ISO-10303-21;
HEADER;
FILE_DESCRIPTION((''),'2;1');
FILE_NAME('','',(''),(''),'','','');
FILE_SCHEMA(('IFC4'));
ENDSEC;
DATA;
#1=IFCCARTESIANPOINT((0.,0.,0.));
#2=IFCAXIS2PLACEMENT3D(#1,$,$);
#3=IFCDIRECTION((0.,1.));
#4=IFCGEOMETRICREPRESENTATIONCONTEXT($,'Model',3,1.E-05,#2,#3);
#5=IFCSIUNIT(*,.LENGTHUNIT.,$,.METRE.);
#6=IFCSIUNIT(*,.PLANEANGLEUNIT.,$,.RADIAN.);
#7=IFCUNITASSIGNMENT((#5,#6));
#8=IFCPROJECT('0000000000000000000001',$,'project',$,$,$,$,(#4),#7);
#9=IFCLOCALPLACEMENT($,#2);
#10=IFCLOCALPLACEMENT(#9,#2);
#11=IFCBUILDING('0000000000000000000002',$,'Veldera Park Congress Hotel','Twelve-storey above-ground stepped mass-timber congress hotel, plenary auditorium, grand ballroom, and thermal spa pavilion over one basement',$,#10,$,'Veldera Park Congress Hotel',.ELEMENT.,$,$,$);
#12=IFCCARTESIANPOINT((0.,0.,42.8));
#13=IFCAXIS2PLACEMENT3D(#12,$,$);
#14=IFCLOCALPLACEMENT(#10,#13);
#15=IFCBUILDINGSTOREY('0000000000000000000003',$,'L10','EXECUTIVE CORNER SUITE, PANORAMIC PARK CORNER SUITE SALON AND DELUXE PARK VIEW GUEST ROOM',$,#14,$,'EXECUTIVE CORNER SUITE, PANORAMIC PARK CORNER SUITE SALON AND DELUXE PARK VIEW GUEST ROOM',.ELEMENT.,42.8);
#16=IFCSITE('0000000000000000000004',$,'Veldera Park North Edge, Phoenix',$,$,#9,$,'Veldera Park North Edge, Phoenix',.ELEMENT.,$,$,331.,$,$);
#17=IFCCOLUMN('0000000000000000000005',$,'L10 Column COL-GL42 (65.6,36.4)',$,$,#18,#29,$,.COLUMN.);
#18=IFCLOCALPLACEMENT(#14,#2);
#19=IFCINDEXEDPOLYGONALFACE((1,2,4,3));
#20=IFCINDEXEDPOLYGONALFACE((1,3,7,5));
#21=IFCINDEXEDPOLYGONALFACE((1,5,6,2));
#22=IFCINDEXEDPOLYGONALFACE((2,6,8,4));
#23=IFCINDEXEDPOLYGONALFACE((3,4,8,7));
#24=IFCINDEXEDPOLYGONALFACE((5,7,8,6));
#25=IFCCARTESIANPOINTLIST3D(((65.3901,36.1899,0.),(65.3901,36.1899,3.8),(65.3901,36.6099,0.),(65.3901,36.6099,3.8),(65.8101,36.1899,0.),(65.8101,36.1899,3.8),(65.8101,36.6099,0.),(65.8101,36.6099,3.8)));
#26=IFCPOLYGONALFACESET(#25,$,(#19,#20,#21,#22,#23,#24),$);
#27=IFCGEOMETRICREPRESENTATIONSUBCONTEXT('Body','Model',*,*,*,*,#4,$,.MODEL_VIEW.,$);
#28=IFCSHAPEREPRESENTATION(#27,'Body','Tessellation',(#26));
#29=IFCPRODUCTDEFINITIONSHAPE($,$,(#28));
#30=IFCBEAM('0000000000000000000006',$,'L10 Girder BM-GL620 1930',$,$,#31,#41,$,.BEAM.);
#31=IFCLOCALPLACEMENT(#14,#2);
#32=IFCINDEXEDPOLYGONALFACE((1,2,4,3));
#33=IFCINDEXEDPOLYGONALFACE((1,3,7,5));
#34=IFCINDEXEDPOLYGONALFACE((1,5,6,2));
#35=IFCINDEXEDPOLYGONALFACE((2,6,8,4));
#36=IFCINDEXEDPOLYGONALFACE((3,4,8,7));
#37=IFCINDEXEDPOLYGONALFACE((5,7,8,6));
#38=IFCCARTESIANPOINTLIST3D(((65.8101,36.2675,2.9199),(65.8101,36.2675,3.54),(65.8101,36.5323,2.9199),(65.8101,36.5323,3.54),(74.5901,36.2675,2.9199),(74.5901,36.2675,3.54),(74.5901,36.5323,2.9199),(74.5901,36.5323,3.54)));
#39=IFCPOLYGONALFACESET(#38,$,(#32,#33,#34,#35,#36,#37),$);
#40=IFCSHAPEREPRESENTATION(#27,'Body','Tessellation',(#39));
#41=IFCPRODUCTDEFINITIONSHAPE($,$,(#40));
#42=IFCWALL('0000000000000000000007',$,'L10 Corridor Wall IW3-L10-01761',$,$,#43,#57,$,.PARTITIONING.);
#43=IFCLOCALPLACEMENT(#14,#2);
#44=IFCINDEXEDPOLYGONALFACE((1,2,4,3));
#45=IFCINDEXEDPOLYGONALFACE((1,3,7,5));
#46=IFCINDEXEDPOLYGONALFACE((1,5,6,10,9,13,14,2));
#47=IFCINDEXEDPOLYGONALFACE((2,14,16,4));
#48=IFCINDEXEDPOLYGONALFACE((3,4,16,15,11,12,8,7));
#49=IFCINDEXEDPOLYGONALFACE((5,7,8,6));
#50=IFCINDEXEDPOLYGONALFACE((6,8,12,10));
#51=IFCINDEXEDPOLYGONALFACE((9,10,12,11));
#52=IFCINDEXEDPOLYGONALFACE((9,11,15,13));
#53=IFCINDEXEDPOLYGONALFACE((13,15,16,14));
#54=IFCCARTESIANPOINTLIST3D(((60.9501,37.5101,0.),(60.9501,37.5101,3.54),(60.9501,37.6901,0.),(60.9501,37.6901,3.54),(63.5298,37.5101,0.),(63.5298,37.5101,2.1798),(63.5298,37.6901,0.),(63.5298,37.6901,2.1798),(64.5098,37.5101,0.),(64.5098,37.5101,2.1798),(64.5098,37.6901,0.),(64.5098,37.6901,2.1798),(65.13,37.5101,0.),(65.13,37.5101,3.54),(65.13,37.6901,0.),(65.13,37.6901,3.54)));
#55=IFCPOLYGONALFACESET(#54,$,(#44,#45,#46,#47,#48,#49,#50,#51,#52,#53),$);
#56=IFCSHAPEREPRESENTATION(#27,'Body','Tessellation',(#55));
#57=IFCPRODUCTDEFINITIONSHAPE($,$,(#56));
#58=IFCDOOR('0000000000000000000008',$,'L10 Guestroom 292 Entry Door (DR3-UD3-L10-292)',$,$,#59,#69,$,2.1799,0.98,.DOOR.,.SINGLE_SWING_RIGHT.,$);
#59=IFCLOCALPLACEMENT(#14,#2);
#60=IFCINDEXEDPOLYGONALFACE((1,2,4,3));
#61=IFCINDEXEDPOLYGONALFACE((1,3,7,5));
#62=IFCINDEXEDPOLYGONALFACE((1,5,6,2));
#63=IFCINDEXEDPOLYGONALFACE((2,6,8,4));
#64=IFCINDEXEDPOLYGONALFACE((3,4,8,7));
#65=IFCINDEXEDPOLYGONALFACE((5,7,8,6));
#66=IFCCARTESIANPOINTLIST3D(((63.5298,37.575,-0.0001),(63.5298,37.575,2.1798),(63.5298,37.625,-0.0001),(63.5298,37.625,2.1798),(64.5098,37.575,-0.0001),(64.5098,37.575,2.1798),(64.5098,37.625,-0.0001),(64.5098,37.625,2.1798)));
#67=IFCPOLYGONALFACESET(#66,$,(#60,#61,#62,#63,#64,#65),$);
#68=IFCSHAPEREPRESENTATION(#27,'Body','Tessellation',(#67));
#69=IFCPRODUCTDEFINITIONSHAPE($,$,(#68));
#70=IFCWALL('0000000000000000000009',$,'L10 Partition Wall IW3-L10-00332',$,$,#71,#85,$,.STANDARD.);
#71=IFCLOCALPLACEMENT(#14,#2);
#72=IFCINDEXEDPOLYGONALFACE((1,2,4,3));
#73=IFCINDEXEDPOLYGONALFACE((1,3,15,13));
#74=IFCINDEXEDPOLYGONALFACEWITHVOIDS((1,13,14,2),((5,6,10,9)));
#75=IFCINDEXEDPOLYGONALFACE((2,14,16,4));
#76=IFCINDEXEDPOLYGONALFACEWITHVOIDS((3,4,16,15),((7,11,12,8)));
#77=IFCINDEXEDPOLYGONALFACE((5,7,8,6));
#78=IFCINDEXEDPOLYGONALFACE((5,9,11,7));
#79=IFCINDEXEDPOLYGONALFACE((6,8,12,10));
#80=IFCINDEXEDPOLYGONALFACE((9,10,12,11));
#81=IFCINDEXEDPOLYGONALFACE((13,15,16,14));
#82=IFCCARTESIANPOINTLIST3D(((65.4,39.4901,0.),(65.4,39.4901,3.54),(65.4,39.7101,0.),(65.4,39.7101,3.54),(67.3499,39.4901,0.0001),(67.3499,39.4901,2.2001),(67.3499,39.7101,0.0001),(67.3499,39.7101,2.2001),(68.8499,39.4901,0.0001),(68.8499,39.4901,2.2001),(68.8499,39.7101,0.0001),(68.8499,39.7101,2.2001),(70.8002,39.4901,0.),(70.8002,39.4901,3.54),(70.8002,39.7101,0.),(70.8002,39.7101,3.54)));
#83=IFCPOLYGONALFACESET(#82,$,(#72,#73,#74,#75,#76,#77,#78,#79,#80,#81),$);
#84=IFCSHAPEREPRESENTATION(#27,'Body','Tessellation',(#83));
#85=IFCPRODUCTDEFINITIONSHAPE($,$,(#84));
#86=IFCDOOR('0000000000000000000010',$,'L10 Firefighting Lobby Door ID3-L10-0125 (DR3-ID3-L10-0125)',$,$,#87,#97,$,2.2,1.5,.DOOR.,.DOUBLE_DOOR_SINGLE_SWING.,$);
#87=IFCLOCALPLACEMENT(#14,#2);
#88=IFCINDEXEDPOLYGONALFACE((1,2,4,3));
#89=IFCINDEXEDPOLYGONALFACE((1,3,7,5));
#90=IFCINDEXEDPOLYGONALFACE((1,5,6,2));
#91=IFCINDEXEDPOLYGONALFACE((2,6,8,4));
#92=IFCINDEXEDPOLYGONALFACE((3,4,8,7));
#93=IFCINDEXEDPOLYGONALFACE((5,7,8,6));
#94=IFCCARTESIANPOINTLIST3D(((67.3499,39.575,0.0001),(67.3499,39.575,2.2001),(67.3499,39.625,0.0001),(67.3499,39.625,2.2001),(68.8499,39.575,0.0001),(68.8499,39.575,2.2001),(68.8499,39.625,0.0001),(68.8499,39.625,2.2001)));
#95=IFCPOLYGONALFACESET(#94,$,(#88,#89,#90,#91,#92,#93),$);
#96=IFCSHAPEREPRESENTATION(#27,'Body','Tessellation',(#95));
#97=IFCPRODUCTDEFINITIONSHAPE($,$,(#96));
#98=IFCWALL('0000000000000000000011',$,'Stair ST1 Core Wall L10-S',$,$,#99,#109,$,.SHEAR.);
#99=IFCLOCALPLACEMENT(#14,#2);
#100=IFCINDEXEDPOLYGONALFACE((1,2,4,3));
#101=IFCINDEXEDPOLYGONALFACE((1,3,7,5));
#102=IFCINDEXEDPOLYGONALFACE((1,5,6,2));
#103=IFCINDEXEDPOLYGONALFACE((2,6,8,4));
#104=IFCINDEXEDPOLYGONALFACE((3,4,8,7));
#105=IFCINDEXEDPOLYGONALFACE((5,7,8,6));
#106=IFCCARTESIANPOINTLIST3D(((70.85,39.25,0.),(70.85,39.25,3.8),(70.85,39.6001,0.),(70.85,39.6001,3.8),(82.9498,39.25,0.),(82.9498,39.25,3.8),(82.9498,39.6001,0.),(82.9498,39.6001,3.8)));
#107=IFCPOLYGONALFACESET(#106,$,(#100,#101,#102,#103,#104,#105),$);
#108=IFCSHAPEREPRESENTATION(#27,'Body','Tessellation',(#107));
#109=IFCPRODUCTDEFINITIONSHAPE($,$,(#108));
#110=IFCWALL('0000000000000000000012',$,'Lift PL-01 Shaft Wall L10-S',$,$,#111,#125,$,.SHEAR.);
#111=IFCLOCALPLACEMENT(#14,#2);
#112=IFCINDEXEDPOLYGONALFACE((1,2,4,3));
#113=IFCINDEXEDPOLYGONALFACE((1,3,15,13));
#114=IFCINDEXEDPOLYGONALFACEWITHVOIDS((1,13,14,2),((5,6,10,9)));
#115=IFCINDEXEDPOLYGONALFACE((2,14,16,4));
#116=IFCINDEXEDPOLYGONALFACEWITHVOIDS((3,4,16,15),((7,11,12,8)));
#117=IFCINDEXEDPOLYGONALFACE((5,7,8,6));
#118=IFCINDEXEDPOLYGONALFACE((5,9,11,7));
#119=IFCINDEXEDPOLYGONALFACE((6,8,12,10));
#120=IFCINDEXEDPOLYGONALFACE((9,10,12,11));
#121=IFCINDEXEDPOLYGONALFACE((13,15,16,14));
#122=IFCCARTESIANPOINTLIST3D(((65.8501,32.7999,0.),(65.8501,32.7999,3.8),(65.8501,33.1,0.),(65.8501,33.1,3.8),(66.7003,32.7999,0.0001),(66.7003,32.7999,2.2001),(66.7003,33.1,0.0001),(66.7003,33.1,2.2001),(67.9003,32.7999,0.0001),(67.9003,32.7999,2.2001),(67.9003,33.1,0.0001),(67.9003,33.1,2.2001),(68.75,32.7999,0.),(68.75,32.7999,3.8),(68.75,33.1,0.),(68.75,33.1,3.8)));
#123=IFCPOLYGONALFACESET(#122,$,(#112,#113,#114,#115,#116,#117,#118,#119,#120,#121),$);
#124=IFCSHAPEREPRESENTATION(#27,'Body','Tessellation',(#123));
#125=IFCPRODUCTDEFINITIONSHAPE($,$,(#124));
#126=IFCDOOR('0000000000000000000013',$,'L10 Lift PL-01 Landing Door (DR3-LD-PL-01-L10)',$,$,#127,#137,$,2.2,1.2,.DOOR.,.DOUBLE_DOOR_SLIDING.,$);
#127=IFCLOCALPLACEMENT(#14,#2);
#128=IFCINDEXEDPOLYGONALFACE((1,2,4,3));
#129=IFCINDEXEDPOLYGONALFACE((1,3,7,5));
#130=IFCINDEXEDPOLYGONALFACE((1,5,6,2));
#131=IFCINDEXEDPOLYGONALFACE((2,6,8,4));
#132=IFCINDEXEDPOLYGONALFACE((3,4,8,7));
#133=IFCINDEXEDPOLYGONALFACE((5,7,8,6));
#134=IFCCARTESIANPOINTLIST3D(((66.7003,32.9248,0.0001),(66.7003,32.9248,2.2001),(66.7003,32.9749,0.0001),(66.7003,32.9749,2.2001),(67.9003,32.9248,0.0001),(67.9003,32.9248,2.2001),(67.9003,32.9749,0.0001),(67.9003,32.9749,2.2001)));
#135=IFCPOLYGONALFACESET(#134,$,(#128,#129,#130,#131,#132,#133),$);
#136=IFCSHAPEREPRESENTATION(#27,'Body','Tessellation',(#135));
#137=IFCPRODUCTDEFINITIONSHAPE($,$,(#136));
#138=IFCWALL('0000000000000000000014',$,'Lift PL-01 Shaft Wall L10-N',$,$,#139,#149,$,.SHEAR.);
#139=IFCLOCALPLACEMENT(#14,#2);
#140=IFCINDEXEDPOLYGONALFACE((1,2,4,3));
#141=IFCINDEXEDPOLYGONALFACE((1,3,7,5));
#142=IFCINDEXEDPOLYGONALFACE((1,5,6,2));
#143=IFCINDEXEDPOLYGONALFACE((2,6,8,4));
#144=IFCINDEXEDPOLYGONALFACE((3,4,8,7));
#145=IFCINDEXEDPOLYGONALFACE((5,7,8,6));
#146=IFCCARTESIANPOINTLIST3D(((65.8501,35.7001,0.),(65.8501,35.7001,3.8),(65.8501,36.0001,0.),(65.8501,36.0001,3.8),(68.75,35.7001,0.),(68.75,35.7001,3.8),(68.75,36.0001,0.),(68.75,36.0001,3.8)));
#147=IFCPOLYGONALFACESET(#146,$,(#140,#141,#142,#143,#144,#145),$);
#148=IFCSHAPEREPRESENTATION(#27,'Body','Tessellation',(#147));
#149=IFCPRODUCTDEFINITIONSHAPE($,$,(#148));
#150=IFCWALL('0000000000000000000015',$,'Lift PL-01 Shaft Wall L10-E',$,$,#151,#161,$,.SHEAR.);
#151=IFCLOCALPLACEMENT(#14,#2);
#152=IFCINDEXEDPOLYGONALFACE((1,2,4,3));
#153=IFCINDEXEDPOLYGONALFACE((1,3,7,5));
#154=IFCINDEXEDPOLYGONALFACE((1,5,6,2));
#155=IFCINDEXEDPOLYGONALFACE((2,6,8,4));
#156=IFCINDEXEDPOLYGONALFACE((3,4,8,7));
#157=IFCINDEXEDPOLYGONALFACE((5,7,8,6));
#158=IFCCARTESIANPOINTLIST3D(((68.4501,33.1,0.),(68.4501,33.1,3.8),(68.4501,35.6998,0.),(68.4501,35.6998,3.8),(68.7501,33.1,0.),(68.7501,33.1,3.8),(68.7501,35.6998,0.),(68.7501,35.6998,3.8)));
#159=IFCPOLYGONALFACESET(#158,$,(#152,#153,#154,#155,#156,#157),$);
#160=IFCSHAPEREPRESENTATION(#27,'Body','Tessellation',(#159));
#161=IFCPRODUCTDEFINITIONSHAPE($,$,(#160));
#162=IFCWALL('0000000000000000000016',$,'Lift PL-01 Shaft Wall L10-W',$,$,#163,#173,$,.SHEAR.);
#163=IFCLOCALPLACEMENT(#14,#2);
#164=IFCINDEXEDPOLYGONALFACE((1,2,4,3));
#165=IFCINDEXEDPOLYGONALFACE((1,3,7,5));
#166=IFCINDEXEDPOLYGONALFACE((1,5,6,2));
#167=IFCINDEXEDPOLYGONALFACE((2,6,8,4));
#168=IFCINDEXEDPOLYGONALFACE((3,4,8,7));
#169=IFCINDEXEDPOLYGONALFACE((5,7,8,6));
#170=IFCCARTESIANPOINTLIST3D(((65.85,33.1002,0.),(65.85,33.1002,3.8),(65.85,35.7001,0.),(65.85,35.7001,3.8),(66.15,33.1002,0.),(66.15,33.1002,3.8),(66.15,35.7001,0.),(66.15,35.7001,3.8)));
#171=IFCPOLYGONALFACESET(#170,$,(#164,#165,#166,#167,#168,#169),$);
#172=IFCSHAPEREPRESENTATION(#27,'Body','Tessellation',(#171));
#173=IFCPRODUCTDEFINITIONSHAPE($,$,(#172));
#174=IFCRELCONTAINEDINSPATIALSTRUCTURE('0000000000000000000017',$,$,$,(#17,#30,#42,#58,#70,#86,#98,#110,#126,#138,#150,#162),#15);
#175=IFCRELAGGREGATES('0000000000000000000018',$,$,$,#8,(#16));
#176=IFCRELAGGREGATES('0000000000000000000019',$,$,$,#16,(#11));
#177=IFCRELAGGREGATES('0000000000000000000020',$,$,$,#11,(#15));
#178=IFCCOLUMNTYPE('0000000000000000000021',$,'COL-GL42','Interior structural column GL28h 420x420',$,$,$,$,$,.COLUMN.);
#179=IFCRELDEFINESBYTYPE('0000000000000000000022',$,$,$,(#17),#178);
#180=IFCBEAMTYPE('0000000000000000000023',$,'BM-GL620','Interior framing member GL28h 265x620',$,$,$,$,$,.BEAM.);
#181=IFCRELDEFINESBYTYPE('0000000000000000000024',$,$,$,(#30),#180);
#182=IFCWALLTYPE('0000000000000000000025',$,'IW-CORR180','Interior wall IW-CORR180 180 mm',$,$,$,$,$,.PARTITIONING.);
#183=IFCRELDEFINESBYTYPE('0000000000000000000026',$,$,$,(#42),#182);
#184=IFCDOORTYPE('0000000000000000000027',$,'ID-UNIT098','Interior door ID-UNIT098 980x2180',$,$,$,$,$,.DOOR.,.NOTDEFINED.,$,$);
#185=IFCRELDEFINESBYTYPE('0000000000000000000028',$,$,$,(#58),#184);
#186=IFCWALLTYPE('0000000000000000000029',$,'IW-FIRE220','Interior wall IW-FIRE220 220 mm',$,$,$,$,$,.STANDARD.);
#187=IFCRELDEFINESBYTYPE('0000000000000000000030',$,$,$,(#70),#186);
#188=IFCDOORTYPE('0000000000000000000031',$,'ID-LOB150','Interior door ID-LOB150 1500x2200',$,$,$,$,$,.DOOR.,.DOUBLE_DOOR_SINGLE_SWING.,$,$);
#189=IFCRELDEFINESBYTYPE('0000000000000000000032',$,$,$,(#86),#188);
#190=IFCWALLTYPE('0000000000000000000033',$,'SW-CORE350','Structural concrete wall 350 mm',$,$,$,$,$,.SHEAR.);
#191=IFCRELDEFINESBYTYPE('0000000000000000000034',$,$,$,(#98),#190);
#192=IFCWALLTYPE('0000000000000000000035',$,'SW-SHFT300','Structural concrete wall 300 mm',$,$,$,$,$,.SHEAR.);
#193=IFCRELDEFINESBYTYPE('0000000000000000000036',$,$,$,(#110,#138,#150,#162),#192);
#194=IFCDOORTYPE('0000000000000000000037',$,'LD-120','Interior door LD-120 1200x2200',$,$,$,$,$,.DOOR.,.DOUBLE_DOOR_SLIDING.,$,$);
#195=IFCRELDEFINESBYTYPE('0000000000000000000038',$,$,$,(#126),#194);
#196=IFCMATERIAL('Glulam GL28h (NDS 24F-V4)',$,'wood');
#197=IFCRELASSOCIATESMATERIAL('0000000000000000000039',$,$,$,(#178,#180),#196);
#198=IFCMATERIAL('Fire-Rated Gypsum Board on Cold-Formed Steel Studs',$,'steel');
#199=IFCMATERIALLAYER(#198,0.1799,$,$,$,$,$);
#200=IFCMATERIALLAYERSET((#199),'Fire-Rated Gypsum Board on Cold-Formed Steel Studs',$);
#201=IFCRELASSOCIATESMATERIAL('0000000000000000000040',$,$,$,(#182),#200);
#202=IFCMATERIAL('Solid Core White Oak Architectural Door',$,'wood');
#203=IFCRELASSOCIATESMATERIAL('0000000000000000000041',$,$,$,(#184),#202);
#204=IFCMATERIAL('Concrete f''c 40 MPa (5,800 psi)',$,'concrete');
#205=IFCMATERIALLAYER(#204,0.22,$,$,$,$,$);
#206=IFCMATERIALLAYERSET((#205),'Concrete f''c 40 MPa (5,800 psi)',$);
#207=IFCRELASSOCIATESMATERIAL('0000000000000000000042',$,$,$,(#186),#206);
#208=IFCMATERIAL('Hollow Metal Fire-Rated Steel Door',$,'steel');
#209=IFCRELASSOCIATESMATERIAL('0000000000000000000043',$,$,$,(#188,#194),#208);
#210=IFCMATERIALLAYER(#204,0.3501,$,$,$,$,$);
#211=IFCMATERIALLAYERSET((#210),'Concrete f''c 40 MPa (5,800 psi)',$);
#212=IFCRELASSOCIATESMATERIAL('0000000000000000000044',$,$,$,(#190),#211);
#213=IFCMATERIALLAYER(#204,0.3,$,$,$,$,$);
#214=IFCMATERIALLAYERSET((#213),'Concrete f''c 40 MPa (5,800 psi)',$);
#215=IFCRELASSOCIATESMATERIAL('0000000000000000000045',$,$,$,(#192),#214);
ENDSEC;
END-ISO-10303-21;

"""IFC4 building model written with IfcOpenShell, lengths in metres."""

from ifc_helpers import new_model, si_unit, direction, frame, frame_2d, origin, origin_2d, place, context, subcontext, project, spatial, rectangle, extrude, material, layer, layer_set, material_profile, profile_set, type_object, element, fill, save


model = new_model("IFC4")

# Units and contexts
model_context = context("Model", 3, precision=1e-05, world=origin(), true_north=direction((0.0, 1.0)))
body_context = subcontext(model_context, "Body", "Model", "MODEL_VIEW")
ifc_project = project(units=[si_unit("LENGTHUNIT", "METRE"), si_unit("PLANEANGLEUNIT", "RADIAN")], contexts=[model_context])

# Site, building, storey
site_placement = place(None, origin())
site = spatial("IfcSite", under=ifc_project, at=site_placement, Name="Veldera Park North Edge, Phoenix", LongName="Veldera Park North Edge, Phoenix", CompositionType="ELEMENT", RefElevation=331.0)
building_placement = place(site_placement, origin())
building = spatial("IfcBuilding", under=site, at=building_placement, Name="Veldera Park Congress Hotel", Description="Twelve-storey above-ground stepped mass-timber congress hotel, plenary auditorium, grand ballroom, and thermal spa pavilion over one basement", LongName="Veldera Park Congress Hotel", CompositionType="ELEMENT")
storey_placement = place(building_placement, frame((0.0, 0.0, 42.8)))
storey = spatial("IfcBuildingStorey", under=building, at=storey_placement, Name="L10", Description="EXECUTIVE CORNER SUITE, PANORAMIC PARK CORNER SUITE SALON AND DELUXE PARK VIEW GUEST ROOM", LongName="EXECUTIVE CORNER SUITE, PANORAMIC PARK CORNER SUITE SALON AND DELUXE PARK VIEW GUEST ROOM", CompositionType="ELEMENT", Elevation=42.8)

# Column
ifc_material_1 = material(Name="Glulam GL28h (NDS 24F-V4)", Category="wood")
ifc_material_profile_1 = material_profile(ifc_material_1, rectangle(XDim=0.4199, YDim=0.4199, at=origin_2d()), Name="GL28h 420x420")
ifc_profile_set_1 = profile_set([ifc_material_profile_1], Name="Glulam GL28h (NDS 24F-V4)")
column_type = type_object("IfcColumnType", Name="COL-GL42", Description="Interior structural column GL28h 420x420", PredefinedType="COLUMN", material=ifc_profile_set_1)
column_placement = place(storey_placement, frame((65.6001, 36.3999, 0.0), z_axis=(0.0, 0.0, 1.0), x_axis=(1.0, 0.0, 0.0)))
element("IfcColumn", 1, at=column_placement, inside=storey, type_object=column_type, Name="L10 Column COL-GL42 (65.6,36.4)", PredefinedType="COLUMN", context=body_context, shape_type="SweptSolid", body=[
    extrude(rectangle(XDim=0.4199, YDim=0.4199, at=origin_2d()), origin(), (0.0, 0.0, 1.0), 3.8),
])

# Beam
ifc_material_profile_2 = material_profile(ifc_material_1, rectangle(XDim=0.2649, YDim=0.6201, at=origin_2d()), Name="GL28h 265x620")
ifc_profile_set_2 = profile_set([ifc_material_profile_2], Name="Glulam GL28h (NDS 24F-V4)")
beam_type = type_object("IfcBeamType", Name="BM-GL620", Description="Interior framing member GL28h 265x620", PredefinedType="BEAM", material=ifc_profile_set_2)
beam_placement = place(storey_placement, frame((65.8101, 36.3999, 3.23), z_axis=(1.0, 0.0, 0.0), x_axis=(0.0, 1.0, 0.0)))
element("IfcBeam", 2, at=beam_placement, inside=storey, type_object=beam_type, Name="L10 Girder BM-GL620 1930", PredefinedType="BEAM", context=body_context, shape_type="SweptSolid", body=[
    extrude(rectangle(XDim=0.2649, YDim=0.6201, at=origin_2d()), origin(), (0.0, 0.0, 1.0), 8.78),
])

# Walls, openings, doors
ifc_material_2 = material(Name="Fire-Rated Gypsum Board on Cold-Formed Steel Studs", Category="steel")
ifc_layer_1 = layer(ifc_material_2, 0.1799)
ifc_layer_set_1 = layer_set([ifc_layer_1], Name="Fire-Rated Gypsum Board on Cold-Formed Steel Studs")
wall_type_1 = type_object("IfcWallType", Name="IW-CORR180", Description="Interior wall IW-CORR180 180 mm", PredefinedType="PARTITIONING", material=ifc_layer_set_1)
wall_1_placement = place(storey_placement, frame((65.1299, 37.6001, 0.0), z_axis=(0.0, 0.0, 1.0), x_axis=(-1.0, 0.0, 0.0)))
wall_1 = element("IfcWall", 3, at=wall_1_placement, inside=storey, type_object=wall_type_1, Name="L10 Corridor Wall IW3-L10-01761", PredefinedType="PARTITIONING", context=body_context, shape_type="SweptSolid", body=[
    extrude(rectangle(XDim=4.1799, YDim=0.1799, at=frame_2d((2.0898, 0.0))), origin(), (0.0, 0.0, 1.0), 3.54),
])
opening_1_placement = place(wall_1_placement, frame((0.6201, 0.0, 0.0)))
opening_1 = element("IfcOpeningElement", 4, at=opening_1_placement, cuts=wall_1, PredefinedType="OPENING", context=body_context, shape_type="SweptSolid", body=[
    extrude(rectangle(XDim=0.98, YDim=2.1799, at=frame_2d((0.49, 1.0898))), frame((0.0, 0.1021, 0.0), z_axis=(0.0, -1.0, 0.0), x_axis=(1.0, 0.0, 0.0)), (0.0, 0.0, 1.0), 0.2039),
])
ifc_material_3 = material(Name="Solid Core White Oak Architectural Door", Category="wood")
door_type_1 = type_object("IfcDoorType", Name="ID-UNIT098", Description="Interior door ID-UNIT098 980x2180", OperationType="NOTDEFINED", PredefinedType="DOOR", material=ifc_material_3)
door_1_placement = place(opening_1_placement, frame((0.98, 0.0, 0.0), z_axis=(0.0, 0.0, 1.0), x_axis=(-1.0, 0.0, 0.0)))
door_1 = element("IfcDoor", 5, at=door_1_placement, inside=storey, type_object=door_type_1, Name="L10 Guestroom 292 Entry Door (DR3-UD3-L10-292)", OperationType="SINGLE_SWING_RIGHT", OverallHeight=2.1799, OverallWidth=0.98, PredefinedType="DOOR", context=body_context, shape_type="SweptSolid", body=[
    extrude(rectangle(XDim=0.98, YDim=2.1799, at=frame_2d((0.49, 1.0898))), frame((0.0, 0.0249, 0.0), z_axis=(0.0, -1.0, 0.0), x_axis=(1.0, 0.0, 0.0)), (0.0, 0.0, 1.0), 0.05),
])
fill(opening_1, door_1)
ifc_material_4 = material(Name="Concrete f'c 40 MPa (5,800 psi)", Category="concrete")
ifc_layer_2 = layer(ifc_material_4, 0.22)
ifc_layer_set_2 = layer_set([ifc_layer_2], Name="Concrete f'c 40 MPa (5,800 psi)")
wall_type_2 = type_object("IfcWallType", Name="IW-FIRE220", Description="Interior wall IW-FIRE220 220 mm", PredefinedType="STANDARD", material=ifc_layer_set_2)
wall_2_placement = place(storey_placement, frame((65.3999, 39.6001, 0.0), z_axis=(0.0, 0.0, 1.0), x_axis=(1.0, 0.0, 0.0)))
wall_2 = element("IfcWall", 6, at=wall_2_placement, inside=storey, type_object=wall_type_2, Name="L10 Partition Wall IW3-L10-00332", PredefinedType="STANDARD", context=body_context, shape_type="SweptSolid", body=[
    extrude(rectangle(XDim=5.4001, YDim=0.22, at=frame_2d((2.7002, 0.0))), origin(), (0.0, 0.0, 1.0), 3.54),
])
opening_2_placement = place(wall_2_placement, frame((1.95, 0.0, 0.0)))
opening_2 = element("IfcOpeningElement", 7, at=opening_2_placement, cuts=wall_2, PredefinedType="OPENING", context=body_context, shape_type="SweptSolid", body=[
    extrude(rectangle(XDim=1.5, YDim=2.2, at=frame_2d((0.75, 1.1001))), frame((0.0, 0.1221, 0.0), z_axis=(0.0, -1.0, 0.0), x_axis=(1.0, 0.0, 0.0)), (0.0, 0.0, 1.0), 0.2439),
])
ifc_material_5 = material(Name="Hollow Metal Fire-Rated Steel Door", Category="steel")
door_type_2 = type_object("IfcDoorType", Name="ID-LOB150", Description="Interior door ID-LOB150 1500x2200", OperationType="DOUBLE_DOOR_SINGLE_SWING", PredefinedType="DOOR", material=ifc_material_5)
door_2_placement = place(opening_2_placement, origin())
door_2 = element("IfcDoor", 8, at=door_2_placement, inside=storey, type_object=door_type_2, Name="L10 Firefighting Lobby Door ID3-L10-0125 (DR3-ID3-L10-0125)", OperationType="DOUBLE_DOOR_SINGLE_SWING", OverallHeight=2.2, OverallWidth=1.5, PredefinedType="DOOR", context=body_context, shape_type="SweptSolid", body=[
    extrude(rectangle(XDim=1.5, YDim=2.2, at=frame_2d((0.75, 1.1001))), frame((0.0, 0.0249, 0.0), z_axis=(0.0, -1.0, 0.0), x_axis=(1.0, 0.0, 0.0)), (0.0, 0.0, 1.0), 0.05),
])
fill(opening_2, door_2)

# Wall
ifc_layer_3 = layer(ifc_material_4, 0.3501)
ifc_layer_set_3 = layer_set([ifc_layer_3], Name="Concrete f'c 40 MPa (5,800 psi)")
wall_type_3 = type_object("IfcWallType", Name="SW-CORE350", Description="Structural concrete wall 350 mm", PredefinedType="SHEAR", material=ifc_layer_set_3)
wall_3_placement = place(storey_placement, frame((70.8501, 39.425, 0.0), z_axis=(0.0, 0.0, 1.0), x_axis=(1.0, 0.0, 0.0)))
element("IfcWall", 9, at=wall_3_placement, inside=storey, type_object=wall_type_3, Name="Stair ST1 Core Wall L10-S", PredefinedType="SHEAR", context=body_context, shape_type="SweptSolid", body=[
    extrude(rectangle(XDim=12.0999, YDim=0.3501, at=frame_2d((6.0498, 0.0))), origin(), (0.0, 0.0, 1.0), 3.8),
])

# Wall, opening, door
ifc_layer_4 = layer(ifc_material_4, 0.3)
ifc_layer_set_4 = layer_set([ifc_layer_4], Name="Concrete f'c 40 MPa (5,800 psi)")
wall_type_4 = type_object("IfcWallType", Name="SW-SHFT300", Description="Structural concrete wall 300 mm", PredefinedType="SHEAR", material=ifc_layer_set_4)
wall_4_placement = place(storey_placement, frame((65.8501, 32.95, 0.0), z_axis=(0.0, 0.0, 1.0), x_axis=(1.0, 0.0, 0.0)))
wall_4 = element("IfcWall", 10, at=wall_4_placement, inside=storey, type_object=wall_type_4, Name="Lift PL-01 Shaft Wall L10-S", PredefinedType="SHEAR", context=body_context, shape_type="SweptSolid", body=[
    extrude(rectangle(XDim=2.8999, YDim=0.3, at=frame_2d((1.45, 0.0))), origin(), (0.0, 0.0, 1.0), 3.8),
])
opening_3_placement = place(wall_4_placement, frame((0.8501, 0.0, 0.0)))
opening_3 = element("IfcOpeningElement", 11, at=opening_3_placement, cuts=wall_4, PredefinedType="OPENING", context=body_context, shape_type="SweptSolid", body=[
    extrude(rectangle(XDim=1.2, YDim=2.2, at=frame_2d((0.6001, 1.1001))), frame((0.0, 0.1621, 0.0), z_axis=(0.0, -1.0, 0.0), x_axis=(1.0, 0.0, 0.0)), (0.0, 0.0, 1.0), 0.324),
])
door_type_3 = type_object("IfcDoorType", Name="LD-120", Description="Interior door LD-120 1200x2200", OperationType="DOUBLE_DOOR_SLIDING", PredefinedType="DOOR", material=ifc_material_5)
door_3_placement = place(opening_3_placement, origin())
door_3 = element("IfcDoor", 12, at=door_3_placement, inside=storey, type_object=door_type_3, Name="L10 Lift PL-01 Landing Door (DR3-LD-PL-01-L10)", OperationType="DOUBLE_DOOR_SLIDING", OverallHeight=2.2, OverallWidth=1.2, PredefinedType="DOOR", context=body_context, shape_type="SweptSolid", body=[
    extrude(rectangle(XDim=1.2, YDim=2.2, at=frame_2d((0.6001, 1.1001))), frame((0.0, 0.0249, 0.0), z_axis=(0.0, -1.0, 0.0), x_axis=(1.0, 0.0, 0.0)), (0.0, 0.0, 1.0), 0.05),
])
fill(opening_3, door_3)

# Walls
wall_5_placement = place(storey_placement, frame((68.75, 35.8501, 0.0), z_axis=(0.0, 0.0, 1.0), x_axis=(-1.0, 0.0, 0.0)))
element("IfcWall", 13, at=wall_5_placement, inside=storey, type_object=wall_type_4, Name="Lift PL-01 Shaft Wall L10-N", PredefinedType="SHEAR", context=body_context, shape_type="SweptSolid", body=[
    extrude(rectangle(XDim=2.8999, YDim=0.3, at=frame_2d((1.45, 0.0))), origin(), (0.0, 0.0, 1.0), 3.8),
])
for number, where, z_axis, x_axis, name in (
    (14, (68.6001, 33.1001, 0.0), (0.0, 0.0, 1.0), (0.0, 1.0, 0.0), "Lift PL-01 Shaft Wall L10-E"),
    (15, (66.0, 35.7, 0.0), (0.0, 0.0, 1.0), (0.0, -1.0, 0.0), "Lift PL-01 Shaft Wall L10-W"),
):
    element("IfcWall", number, at=place(storey_placement, frame(where, z_axis=z_axis, x_axis=x_axis)), inside=storey, type_object=wall_type_4, Name=name, PredefinedType="SHEAR", context=body_context, shape_type="SweptSolid", body=[
        extrude(rectangle(XDim=2.5999, YDim=0.3, at=frame_2d((1.2998, 0.0))), origin(), (0.0, 0.0, 1.0), 3.8),
    ])

save(model, "model.ifc")
